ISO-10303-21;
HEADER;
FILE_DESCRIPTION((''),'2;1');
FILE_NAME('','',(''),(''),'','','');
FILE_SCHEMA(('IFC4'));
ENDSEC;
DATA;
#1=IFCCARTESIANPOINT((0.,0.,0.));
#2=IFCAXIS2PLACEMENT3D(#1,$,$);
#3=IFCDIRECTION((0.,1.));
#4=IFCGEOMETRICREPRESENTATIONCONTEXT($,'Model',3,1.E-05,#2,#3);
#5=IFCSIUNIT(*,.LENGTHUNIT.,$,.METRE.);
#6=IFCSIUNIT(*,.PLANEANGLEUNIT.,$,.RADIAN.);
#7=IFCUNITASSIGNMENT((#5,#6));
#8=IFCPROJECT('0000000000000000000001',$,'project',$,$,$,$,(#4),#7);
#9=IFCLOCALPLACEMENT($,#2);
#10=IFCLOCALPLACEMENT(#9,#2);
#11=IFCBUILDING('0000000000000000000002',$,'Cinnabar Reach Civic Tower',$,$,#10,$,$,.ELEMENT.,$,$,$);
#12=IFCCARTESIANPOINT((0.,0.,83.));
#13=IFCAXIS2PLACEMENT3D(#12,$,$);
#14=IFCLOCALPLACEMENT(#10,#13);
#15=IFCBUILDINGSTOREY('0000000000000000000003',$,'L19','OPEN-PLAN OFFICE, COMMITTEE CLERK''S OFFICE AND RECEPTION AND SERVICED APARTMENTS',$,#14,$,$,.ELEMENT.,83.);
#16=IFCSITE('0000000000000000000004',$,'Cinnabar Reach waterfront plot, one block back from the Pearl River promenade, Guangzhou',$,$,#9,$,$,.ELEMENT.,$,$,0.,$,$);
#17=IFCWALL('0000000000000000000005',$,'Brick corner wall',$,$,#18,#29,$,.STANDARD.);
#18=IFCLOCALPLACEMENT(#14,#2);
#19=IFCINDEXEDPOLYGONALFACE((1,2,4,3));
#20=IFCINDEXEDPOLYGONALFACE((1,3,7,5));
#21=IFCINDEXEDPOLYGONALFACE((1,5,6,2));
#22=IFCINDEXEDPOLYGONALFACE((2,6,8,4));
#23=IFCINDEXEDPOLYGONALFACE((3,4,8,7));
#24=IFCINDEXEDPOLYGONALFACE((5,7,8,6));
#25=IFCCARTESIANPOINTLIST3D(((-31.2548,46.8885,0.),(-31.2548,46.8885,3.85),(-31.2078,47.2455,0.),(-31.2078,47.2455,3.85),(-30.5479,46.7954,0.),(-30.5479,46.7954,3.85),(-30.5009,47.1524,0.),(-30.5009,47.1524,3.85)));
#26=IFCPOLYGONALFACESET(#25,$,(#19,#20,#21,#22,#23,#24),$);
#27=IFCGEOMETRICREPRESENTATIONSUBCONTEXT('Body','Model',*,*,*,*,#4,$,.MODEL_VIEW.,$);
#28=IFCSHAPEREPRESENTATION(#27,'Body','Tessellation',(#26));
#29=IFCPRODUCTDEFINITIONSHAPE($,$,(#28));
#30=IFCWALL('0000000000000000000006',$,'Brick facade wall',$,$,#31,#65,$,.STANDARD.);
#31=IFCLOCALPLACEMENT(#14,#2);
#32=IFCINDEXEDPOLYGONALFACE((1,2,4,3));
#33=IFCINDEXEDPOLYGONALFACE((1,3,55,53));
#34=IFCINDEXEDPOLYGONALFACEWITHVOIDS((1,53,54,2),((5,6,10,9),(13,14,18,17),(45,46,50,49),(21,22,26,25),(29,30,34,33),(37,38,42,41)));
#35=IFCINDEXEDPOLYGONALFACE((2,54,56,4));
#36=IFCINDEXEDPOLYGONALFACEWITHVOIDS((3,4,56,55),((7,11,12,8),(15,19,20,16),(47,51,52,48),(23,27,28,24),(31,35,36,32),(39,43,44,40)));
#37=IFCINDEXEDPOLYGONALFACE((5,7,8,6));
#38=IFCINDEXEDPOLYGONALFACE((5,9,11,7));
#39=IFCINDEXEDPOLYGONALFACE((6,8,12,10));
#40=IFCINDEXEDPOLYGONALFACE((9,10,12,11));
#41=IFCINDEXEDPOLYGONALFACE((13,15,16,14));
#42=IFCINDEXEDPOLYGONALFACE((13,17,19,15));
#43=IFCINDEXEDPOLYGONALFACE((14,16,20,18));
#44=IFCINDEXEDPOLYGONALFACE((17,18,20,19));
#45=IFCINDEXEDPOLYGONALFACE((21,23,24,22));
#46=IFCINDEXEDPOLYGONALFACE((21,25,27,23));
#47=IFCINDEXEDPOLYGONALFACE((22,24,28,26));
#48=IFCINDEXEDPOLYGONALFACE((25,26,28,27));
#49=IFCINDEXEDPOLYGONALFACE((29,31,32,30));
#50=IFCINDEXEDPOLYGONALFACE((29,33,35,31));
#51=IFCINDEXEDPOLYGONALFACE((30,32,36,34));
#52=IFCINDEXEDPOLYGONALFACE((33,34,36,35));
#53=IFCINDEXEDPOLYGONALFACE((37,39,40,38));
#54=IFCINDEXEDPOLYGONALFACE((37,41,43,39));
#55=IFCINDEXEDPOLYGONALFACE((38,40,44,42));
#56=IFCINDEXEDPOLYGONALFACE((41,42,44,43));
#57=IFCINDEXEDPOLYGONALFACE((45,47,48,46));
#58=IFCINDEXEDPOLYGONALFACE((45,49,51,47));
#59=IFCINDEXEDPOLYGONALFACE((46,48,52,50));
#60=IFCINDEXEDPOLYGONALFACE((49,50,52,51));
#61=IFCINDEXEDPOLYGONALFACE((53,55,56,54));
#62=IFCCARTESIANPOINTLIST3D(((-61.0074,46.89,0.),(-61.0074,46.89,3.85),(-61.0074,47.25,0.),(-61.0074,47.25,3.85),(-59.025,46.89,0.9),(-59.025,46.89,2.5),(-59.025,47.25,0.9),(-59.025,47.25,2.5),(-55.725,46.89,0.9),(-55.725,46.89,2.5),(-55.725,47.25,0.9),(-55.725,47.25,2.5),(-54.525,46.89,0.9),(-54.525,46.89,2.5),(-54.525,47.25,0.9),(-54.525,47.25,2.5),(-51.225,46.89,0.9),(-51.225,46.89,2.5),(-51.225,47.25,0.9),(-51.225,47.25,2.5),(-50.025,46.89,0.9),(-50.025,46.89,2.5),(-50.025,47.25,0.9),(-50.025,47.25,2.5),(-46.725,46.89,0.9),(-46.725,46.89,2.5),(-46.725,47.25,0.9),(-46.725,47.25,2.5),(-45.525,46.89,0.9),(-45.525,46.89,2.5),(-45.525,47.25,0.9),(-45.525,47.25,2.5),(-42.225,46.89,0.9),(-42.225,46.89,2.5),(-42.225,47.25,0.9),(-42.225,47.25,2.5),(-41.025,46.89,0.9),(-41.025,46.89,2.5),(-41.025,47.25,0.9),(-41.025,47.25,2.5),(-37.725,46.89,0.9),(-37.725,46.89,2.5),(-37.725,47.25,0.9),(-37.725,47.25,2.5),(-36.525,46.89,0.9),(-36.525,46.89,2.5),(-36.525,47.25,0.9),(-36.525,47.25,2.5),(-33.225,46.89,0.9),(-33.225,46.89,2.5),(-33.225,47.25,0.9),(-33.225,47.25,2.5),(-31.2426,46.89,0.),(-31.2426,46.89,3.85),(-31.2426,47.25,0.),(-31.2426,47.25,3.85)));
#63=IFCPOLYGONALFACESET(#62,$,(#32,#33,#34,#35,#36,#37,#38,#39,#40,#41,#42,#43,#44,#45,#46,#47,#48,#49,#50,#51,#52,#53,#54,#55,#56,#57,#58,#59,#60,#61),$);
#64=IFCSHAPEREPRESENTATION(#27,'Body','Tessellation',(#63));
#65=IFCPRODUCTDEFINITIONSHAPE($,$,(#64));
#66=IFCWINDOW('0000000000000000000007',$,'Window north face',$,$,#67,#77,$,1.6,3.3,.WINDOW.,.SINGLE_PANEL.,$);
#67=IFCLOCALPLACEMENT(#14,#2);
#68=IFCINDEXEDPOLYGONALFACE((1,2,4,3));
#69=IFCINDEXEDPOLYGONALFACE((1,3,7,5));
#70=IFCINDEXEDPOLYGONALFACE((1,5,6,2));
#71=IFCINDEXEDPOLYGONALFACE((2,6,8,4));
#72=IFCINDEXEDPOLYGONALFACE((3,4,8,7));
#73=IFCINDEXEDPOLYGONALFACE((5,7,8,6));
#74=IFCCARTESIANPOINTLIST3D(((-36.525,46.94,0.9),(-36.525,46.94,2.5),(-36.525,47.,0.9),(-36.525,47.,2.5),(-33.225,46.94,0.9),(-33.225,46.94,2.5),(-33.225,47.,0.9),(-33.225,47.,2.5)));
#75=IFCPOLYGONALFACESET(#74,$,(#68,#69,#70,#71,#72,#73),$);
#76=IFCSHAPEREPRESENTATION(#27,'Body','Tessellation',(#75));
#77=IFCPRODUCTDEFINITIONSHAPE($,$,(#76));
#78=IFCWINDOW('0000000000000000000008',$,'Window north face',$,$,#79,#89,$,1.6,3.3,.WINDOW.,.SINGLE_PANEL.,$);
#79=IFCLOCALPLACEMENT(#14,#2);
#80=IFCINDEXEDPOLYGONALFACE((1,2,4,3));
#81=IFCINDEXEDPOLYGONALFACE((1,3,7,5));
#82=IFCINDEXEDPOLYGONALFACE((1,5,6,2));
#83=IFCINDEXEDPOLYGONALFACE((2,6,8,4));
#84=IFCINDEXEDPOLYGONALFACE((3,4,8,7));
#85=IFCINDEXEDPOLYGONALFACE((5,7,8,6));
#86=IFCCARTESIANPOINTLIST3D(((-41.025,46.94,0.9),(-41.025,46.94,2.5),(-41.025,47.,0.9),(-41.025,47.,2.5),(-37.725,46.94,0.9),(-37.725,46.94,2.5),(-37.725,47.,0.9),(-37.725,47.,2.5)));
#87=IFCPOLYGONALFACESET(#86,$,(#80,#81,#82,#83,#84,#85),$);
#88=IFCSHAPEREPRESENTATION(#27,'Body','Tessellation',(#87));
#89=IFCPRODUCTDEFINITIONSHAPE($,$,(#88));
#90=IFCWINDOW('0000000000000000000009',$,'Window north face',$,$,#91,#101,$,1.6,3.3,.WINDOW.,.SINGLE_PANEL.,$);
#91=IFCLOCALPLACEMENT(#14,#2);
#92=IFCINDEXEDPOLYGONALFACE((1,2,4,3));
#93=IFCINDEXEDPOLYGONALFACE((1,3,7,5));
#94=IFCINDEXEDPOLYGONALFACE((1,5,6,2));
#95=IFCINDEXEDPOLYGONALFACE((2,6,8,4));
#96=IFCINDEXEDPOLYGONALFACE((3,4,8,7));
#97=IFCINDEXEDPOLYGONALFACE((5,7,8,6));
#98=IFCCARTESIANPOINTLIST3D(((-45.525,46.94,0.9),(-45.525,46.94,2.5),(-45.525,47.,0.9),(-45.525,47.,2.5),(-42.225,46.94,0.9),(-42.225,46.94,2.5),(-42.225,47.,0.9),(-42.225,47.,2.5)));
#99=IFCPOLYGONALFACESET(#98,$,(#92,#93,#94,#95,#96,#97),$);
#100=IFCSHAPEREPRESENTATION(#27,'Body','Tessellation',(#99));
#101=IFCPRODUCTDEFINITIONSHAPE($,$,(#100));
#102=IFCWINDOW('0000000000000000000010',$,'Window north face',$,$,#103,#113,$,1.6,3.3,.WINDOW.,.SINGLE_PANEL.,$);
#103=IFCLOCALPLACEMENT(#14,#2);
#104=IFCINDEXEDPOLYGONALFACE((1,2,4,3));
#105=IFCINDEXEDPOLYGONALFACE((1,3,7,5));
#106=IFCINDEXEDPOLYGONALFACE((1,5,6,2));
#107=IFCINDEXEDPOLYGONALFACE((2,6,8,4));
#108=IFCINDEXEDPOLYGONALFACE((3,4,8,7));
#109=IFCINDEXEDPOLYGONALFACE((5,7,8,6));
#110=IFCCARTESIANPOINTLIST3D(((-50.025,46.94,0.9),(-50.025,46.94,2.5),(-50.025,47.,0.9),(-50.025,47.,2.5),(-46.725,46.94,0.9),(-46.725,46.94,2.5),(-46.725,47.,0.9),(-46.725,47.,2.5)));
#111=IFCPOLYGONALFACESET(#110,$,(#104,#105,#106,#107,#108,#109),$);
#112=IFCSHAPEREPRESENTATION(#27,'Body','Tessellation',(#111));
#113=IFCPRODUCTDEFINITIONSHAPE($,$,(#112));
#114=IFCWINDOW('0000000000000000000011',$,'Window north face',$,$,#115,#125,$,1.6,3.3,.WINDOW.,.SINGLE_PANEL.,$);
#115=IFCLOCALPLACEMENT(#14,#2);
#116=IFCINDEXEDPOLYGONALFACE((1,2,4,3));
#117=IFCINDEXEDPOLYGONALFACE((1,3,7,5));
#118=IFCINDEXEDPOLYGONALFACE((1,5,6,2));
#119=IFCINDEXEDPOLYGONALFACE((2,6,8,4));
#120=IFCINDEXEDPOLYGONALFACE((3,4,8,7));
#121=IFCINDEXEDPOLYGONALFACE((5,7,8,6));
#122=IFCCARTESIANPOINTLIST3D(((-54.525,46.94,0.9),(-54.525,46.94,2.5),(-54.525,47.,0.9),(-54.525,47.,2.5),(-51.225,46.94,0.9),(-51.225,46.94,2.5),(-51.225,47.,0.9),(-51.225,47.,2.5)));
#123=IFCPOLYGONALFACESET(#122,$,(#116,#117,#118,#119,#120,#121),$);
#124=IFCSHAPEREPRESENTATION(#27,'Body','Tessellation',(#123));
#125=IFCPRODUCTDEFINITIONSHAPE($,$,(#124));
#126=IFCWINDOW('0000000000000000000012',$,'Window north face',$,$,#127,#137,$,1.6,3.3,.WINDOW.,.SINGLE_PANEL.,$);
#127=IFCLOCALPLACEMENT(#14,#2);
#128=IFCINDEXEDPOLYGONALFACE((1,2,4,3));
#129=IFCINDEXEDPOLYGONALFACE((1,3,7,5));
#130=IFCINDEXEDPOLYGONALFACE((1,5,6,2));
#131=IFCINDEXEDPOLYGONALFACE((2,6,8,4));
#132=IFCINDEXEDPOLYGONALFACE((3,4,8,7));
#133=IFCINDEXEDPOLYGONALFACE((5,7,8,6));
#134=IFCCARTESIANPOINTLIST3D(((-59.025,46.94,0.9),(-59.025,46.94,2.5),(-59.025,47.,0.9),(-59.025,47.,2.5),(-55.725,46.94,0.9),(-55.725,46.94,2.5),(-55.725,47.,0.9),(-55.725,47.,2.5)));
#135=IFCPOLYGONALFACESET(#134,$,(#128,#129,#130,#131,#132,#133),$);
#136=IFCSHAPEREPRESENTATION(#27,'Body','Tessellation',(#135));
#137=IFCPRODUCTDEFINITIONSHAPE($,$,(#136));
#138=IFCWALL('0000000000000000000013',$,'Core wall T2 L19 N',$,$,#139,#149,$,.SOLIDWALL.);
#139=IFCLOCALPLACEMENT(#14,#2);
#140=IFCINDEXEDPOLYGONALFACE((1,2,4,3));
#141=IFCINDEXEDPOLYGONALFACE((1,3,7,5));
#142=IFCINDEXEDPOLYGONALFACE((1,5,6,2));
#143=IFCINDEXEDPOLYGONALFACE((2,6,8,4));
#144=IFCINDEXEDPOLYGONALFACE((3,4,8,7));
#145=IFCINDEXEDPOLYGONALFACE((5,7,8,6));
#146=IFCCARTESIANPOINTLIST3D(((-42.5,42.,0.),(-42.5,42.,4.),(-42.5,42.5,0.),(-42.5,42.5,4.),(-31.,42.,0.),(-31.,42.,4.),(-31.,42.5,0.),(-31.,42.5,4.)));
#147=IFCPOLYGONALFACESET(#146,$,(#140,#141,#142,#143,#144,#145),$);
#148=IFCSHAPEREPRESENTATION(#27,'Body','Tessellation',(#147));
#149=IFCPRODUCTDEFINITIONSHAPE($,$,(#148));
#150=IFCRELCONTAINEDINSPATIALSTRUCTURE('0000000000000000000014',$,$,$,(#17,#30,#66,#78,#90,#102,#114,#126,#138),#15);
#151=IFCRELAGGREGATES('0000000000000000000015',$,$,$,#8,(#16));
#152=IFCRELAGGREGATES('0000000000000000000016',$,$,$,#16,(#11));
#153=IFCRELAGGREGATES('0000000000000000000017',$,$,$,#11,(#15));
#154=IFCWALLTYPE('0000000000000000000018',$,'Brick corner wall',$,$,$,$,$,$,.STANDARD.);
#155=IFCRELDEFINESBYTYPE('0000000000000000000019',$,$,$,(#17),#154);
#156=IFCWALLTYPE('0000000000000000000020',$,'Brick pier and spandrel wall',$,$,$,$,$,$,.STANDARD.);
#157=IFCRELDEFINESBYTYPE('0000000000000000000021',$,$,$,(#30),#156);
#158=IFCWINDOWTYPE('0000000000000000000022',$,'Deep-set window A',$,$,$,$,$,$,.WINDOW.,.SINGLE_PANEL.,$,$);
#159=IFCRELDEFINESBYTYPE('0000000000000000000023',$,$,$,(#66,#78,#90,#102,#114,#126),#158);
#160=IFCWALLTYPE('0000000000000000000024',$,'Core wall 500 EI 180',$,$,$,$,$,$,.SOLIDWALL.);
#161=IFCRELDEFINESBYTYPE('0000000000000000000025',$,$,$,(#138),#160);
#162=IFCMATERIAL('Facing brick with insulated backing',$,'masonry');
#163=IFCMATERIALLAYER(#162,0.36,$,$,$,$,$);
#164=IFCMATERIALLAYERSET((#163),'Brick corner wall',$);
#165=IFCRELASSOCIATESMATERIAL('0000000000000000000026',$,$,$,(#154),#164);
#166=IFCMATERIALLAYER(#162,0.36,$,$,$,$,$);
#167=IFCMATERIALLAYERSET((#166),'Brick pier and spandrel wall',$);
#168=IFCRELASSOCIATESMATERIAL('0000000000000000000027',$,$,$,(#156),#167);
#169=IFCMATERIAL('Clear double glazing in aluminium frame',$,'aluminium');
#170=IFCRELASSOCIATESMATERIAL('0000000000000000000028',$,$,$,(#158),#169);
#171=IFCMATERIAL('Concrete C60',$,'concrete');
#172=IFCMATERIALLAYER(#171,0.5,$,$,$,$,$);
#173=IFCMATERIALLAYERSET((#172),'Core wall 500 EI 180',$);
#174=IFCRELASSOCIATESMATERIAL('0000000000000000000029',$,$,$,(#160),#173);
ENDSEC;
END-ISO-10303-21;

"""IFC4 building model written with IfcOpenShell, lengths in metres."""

from ifc_helpers import new_model, si_unit, direction, frame, frame_2d, origin, place, context, subcontext, project, spatial, rectangle, extrude, material, layer, layer_set, type_object, element, fill, save


model = new_model("IFC4")

# Units and contexts
model_context = context("Model", 3, precision=1e-05, world=origin(), true_north=direction((0.0, 1.0)))
body_context = subcontext(model_context, "Body", "Model", "MODEL_VIEW")
ifc_project = project(units=[si_unit("LENGTHUNIT", "METRE"), si_unit("PLANEANGLEUNIT", "RADIAN")], contexts=[model_context])

# Site, building, storey
site_placement = place(None, origin())
site = spatial("IfcSite", under=ifc_project, at=site_placement, Name="Cinnabar Reach waterfront plot, one block back from the Pearl River promenade, Guangzhou", CompositionType="ELEMENT", RefElevation=0.0)
building_placement = place(site_placement, origin())
building = spatial("IfcBuilding", under=site, at=building_placement, Name="Cinnabar Reach Civic Tower", CompositionType="ELEMENT")
storey_placement = place(building_placement, frame((0.0, 0.0, 83.0)))
storey = spatial("IfcBuildingStorey", under=building, at=storey_placement, Name="L19", Description="OPEN-PLAN OFFICE, COMMITTEE CLERK'S OFFICE AND RECEPTION AND SERVICED APARTMENTS", CompositionType="ELEMENT", Elevation=83.0)

# Shared definitions
ifc_material_1 = material(Name="Concrete C60", Category="concrete")

# Wall
ifc_material_2 = material(Name="Facing brick with insulated backing", Category="masonry")
ifc_layer_1 = layer(ifc_material_2, 0.36)
ifc_layer_set_1 = layer_set([ifc_layer_1], Name="Brick corner wall")
wall_type_1 = type_object("IfcWallType", Name="Brick corner wall", PredefinedType="STANDARD", material=ifc_layer_set_1)
for number, where, z_axis, x_axis, name in (
    (1, (-30.5244, 46.9739, 0.0), (0.0, 0.0, 1.0), (-0.991441, 0.130556, 0.0), "Brick corner wall"),
):
    element("IfcWall", number, at=place(storey_placement, frame(where, z_axis=z_axis, x_axis=x_axis)), inside=storey, type_object=wall_type_1, Name=name, PredefinedType="STANDARD", context=body_context, shape_type="SweptSolid", body=[
        extrude(rectangle(XDim=0.7131, YDim=0.36, at=frame_2d((0.3565, 0.0))), origin(), (0.0, 0.0, 1.0), 3.85),
    ])

# Wall, openings, windows
ifc_layer_2 = layer(ifc_material_2, 0.36)
ifc_layer_set_2 = layer_set([ifc_layer_2], Name="Brick pier and spandrel wall")
wall_type_2 = type_object("IfcWallType", Name="Brick pier and spandrel wall", PredefinedType="STANDARD", material=ifc_layer_set_2)
wall_1_placement = place(storey_placement, frame((-31.2426, 47.07, 0.0), z_axis=(0.0, 0.0, 1.0), x_axis=(-1.0, 0.0, 0.0)))
wall_1 = element("IfcWall", 2, at=wall_1_placement, inside=storey, type_object=wall_type_2, Name="Brick facade wall", PredefinedType="STANDARD", context=body_context, shape_type="SweptSolid", body=[
    extrude(rectangle(XDim=29.7648, YDim=0.36, at=frame_2d((14.8824, 0.0))), origin(), (0.0, 0.0, 1.0), 3.85),
])
opening_1_placement = place(wall_1_placement, frame((1.9824, 0.0, 0.9)))
opening_1 = element("IfcOpeningElement", 3, at=opening_1_placement, cuts=wall_1, PredefinedType="OPENING", context=body_context, shape_type="SweptSolid", body=[
    extrude(rectangle(XDim=3.3, YDim=1.6, at=frame_2d((1.65, 0.8))), frame((0.0, 0.19, 0.0), z_axis=(0.0, -1.0, 0.0), x_axis=(1.0, 0.0, 0.0)), (0.0, 0.0, 1.0), 0.38),
])
opening_2_placement = place(wall_1_placement, frame((6.4824, 0.0, 0.9)))
opening_2 = element("IfcOpeningElement", 4, at=opening_2_placement, cuts=wall_1, PredefinedType="OPENING", context=body_context, shape_type="SweptSolid", body=[
    extrude(rectangle(XDim=3.3, YDim=1.6, at=frame_2d((1.65, 0.8))), frame((0.0, 0.19, 0.0), z_axis=(0.0, -1.0, 0.0), x_axis=(1.0, 0.0, 0.0)), (0.0, 0.0, 1.0), 0.38),
])
opening_3_placement = place(wall_1_placement, frame((10.9824, 0.0, 0.9)))
opening_3 = element("IfcOpeningElement", 5, at=opening_3_placement, cuts=wall_1, PredefinedType="OPENING", context=body_context, shape_type="SweptSolid", body=[
    extrude(rectangle(XDim=3.3, YDim=1.6, at=frame_2d((1.65, 0.8))), frame((0.0, 0.19, 0.0), z_axis=(0.0, -1.0, 0.0), x_axis=(1.0, 0.0, 0.0)), (0.0, 0.0, 1.0), 0.38),
])
opening_4_placement = place(wall_1_placement, frame((15.4824, 0.0, 0.9)))
opening_4 = element("IfcOpeningElement", 6, at=opening_4_placement, cuts=wall_1, PredefinedType="OPENING", context=body_context, shape_type="SweptSolid", body=[
    extrude(rectangle(XDim=3.3, YDim=1.6, at=frame_2d((1.65, 0.8))), frame((0.0, 0.19, 0.0), z_axis=(0.0, -1.0, 0.0), x_axis=(1.0, 0.0, 0.0)), (0.0, 0.0, 1.0), 0.38),
])
opening_5_placement = place(wall_1_placement, frame((19.9824, 0.0, 0.9)))
opening_5 = element("IfcOpeningElement", 7, at=opening_5_placement, cuts=wall_1, PredefinedType="OPENING", context=body_context, shape_type="SweptSolid", body=[
    extrude(rectangle(XDim=3.3, YDim=1.6, at=frame_2d((1.65, 0.8))), frame((0.0, 0.19, 0.0), z_axis=(0.0, -1.0, 0.0), x_axis=(1.0, 0.0, 0.0)), (0.0, 0.0, 1.0), 0.38),
])
opening_6_placement = place(wall_1_placement, frame((24.4824, 0.0, 0.9)))
opening_6 = element("IfcOpeningElement", 8, at=opening_6_placement, cuts=wall_1, PredefinedType="OPENING", context=body_context, shape_type="SweptSolid", body=[
    extrude(rectangle(XDim=3.3, YDim=1.6, at=frame_2d((1.65, 0.8))), frame((0.0, 0.19, 0.0), z_axis=(0.0, -1.0, 0.0), x_axis=(1.0, 0.0, 0.0)), (0.0, 0.0, 1.0), 0.38),
])
ifc_material_3 = material(Name="Clear double glazing in aluminium frame", Category="aluminium")
window_type = type_object("IfcWindowType", Name="Deep-set window A", PartitioningType="SINGLE_PANEL", PredefinedType="WINDOW", material=ifc_material_3)
window_1_placement = place(opening_1_placement, origin())
window_1 = element("IfcWindow", 9, at=window_1_placement, inside=storey, type_object=window_type, Name="Window north face", OverallHeight=1.6, OverallWidth=3.3, PartitioningType="SINGLE_PANEL", PredefinedType="WINDOW", context=body_context, shape_type="SweptSolid", body=[
    extrude(rectangle(XDim=3.3, YDim=1.6, at=frame_2d((1.65, 0.8))), frame((0.0, 0.13, 0.0), z_axis=(0.0, -1.0, 0.0), x_axis=(1.0, 0.0, 0.0)), (0.0, 0.0, 1.0), 0.06),
])
fill(opening_1, window_1)
window_2_placement = place(opening_2_placement, origin())
window_2 = element("IfcWindow", 10, at=window_2_placement, inside=storey, type_object=window_type, Name="Window north face", OverallHeight=1.6, OverallWidth=3.3, PartitioningType="SINGLE_PANEL", PredefinedType="WINDOW", context=body_context, shape_type="SweptSolid", body=[
    extrude(rectangle(XDim=3.3, YDim=1.6, at=frame_2d((1.65, 0.8))), frame((0.0, 0.13, 0.0), z_axis=(0.0, -1.0, 0.0), x_axis=(1.0, 0.0, 0.0)), (0.0, 0.0, 1.0), 0.06),
])
fill(opening_2, window_2)
window_3_placement = place(opening_3_placement, origin())
window_3 = element("IfcWindow", 11, at=window_3_placement, inside=storey, type_object=window_type, Name="Window north face", OverallHeight=1.6, OverallWidth=3.3, PartitioningType="SINGLE_PANEL", PredefinedType="WINDOW", context=body_context, shape_type="SweptSolid", body=[
    extrude(rectangle(XDim=3.3, YDim=1.6, at=frame_2d((1.65, 0.8))), frame((0.0, 0.13, 0.0), z_axis=(0.0, -1.0, 0.0), x_axis=(1.0, 0.0, 0.0)), (0.0, 0.0, 1.0), 0.06),
])
fill(opening_3, window_3)
window_4_placement = place(opening_4_placement, origin())
window_4 = element("IfcWindow", 12, at=window_4_placement, inside=storey, type_object=window_type, Name="Window north face", OverallHeight=1.6, OverallWidth=3.3, PartitioningType="SINGLE_PANEL", PredefinedType="WINDOW", context=body_context, shape_type="SweptSolid", body=[
    extrude(rectangle(XDim=3.3, YDim=1.6, at=frame_2d((1.65, 0.8))), frame((0.0, 0.13, 0.0), z_axis=(0.0, -1.0, 0.0), x_axis=(1.0, 0.0, 0.0)), (0.0, 0.0, 1.0), 0.06),
])
fill(opening_4, window_4)
window_5_placement = place(opening_5_placement, origin())
window_5 = element("IfcWindow", 13, at=window_5_placement, inside=storey, type_object=window_type, Name="Window north face", OverallHeight=1.6, OverallWidth=3.3, PartitioningType="SINGLE_PANEL", PredefinedType="WINDOW", context=body_context, shape_type="SweptSolid", body=[
    extrude(rectangle(XDim=3.3, YDim=1.6, at=frame_2d((1.65, 0.8))), frame((0.0, 0.13, 0.0), z_axis=(0.0, -1.0, 0.0), x_axis=(1.0, 0.0, 0.0)), (0.0, 0.0, 1.0), 0.06),
])
fill(opening_5, window_5)
window_6_placement = place(opening_6_placement, origin())
window_6 = element("IfcWindow", 14, at=window_6_placement, inside=storey, type_object=window_type, Name="Window north face", OverallHeight=1.6, OverallWidth=3.3, PartitioningType="SINGLE_PANEL", PredefinedType="WINDOW", context=body_context, shape_type="SweptSolid", body=[
    extrude(rectangle(XDim=3.3, YDim=1.6, at=frame_2d((1.65, 0.8))), frame((0.0, 0.13, 0.0), z_axis=(0.0, -1.0, 0.0), x_axis=(1.0, 0.0, 0.0)), (0.0, 0.0, 1.0), 0.06),
])
fill(opening_6, window_6)

# Wall
ifc_layer_3 = layer(ifc_material_1, 0.5)
ifc_layer_set_3 = layer_set([ifc_layer_3], Name="Core wall 500 EI 180")
wall_type_3 = type_object("IfcWallType", Name="Core wall 500 EI 180", PredefinedType="SOLIDWALL", material=ifc_layer_set_3)
wall_2_placement = place(storey_placement, frame((-31.0, 42.25, 0.0), z_axis=(0.0, 0.0, 1.0), x_axis=(-1.0, 0.0, 0.0)))
element("IfcWall", 15, at=wall_2_placement, inside=storey, type_object=wall_type_3, Name="Core wall T2 L19 N", PredefinedType="SOLIDWALL", context=body_context, shape_type="SweptSolid", body=[
    extrude(rectangle(XDim=11.5, YDim=0.5, at=frame_2d((5.75, 0.0))), origin(), (0.0, 0.0, 1.0), 4.0),
])

save(model, "model.ifc")
